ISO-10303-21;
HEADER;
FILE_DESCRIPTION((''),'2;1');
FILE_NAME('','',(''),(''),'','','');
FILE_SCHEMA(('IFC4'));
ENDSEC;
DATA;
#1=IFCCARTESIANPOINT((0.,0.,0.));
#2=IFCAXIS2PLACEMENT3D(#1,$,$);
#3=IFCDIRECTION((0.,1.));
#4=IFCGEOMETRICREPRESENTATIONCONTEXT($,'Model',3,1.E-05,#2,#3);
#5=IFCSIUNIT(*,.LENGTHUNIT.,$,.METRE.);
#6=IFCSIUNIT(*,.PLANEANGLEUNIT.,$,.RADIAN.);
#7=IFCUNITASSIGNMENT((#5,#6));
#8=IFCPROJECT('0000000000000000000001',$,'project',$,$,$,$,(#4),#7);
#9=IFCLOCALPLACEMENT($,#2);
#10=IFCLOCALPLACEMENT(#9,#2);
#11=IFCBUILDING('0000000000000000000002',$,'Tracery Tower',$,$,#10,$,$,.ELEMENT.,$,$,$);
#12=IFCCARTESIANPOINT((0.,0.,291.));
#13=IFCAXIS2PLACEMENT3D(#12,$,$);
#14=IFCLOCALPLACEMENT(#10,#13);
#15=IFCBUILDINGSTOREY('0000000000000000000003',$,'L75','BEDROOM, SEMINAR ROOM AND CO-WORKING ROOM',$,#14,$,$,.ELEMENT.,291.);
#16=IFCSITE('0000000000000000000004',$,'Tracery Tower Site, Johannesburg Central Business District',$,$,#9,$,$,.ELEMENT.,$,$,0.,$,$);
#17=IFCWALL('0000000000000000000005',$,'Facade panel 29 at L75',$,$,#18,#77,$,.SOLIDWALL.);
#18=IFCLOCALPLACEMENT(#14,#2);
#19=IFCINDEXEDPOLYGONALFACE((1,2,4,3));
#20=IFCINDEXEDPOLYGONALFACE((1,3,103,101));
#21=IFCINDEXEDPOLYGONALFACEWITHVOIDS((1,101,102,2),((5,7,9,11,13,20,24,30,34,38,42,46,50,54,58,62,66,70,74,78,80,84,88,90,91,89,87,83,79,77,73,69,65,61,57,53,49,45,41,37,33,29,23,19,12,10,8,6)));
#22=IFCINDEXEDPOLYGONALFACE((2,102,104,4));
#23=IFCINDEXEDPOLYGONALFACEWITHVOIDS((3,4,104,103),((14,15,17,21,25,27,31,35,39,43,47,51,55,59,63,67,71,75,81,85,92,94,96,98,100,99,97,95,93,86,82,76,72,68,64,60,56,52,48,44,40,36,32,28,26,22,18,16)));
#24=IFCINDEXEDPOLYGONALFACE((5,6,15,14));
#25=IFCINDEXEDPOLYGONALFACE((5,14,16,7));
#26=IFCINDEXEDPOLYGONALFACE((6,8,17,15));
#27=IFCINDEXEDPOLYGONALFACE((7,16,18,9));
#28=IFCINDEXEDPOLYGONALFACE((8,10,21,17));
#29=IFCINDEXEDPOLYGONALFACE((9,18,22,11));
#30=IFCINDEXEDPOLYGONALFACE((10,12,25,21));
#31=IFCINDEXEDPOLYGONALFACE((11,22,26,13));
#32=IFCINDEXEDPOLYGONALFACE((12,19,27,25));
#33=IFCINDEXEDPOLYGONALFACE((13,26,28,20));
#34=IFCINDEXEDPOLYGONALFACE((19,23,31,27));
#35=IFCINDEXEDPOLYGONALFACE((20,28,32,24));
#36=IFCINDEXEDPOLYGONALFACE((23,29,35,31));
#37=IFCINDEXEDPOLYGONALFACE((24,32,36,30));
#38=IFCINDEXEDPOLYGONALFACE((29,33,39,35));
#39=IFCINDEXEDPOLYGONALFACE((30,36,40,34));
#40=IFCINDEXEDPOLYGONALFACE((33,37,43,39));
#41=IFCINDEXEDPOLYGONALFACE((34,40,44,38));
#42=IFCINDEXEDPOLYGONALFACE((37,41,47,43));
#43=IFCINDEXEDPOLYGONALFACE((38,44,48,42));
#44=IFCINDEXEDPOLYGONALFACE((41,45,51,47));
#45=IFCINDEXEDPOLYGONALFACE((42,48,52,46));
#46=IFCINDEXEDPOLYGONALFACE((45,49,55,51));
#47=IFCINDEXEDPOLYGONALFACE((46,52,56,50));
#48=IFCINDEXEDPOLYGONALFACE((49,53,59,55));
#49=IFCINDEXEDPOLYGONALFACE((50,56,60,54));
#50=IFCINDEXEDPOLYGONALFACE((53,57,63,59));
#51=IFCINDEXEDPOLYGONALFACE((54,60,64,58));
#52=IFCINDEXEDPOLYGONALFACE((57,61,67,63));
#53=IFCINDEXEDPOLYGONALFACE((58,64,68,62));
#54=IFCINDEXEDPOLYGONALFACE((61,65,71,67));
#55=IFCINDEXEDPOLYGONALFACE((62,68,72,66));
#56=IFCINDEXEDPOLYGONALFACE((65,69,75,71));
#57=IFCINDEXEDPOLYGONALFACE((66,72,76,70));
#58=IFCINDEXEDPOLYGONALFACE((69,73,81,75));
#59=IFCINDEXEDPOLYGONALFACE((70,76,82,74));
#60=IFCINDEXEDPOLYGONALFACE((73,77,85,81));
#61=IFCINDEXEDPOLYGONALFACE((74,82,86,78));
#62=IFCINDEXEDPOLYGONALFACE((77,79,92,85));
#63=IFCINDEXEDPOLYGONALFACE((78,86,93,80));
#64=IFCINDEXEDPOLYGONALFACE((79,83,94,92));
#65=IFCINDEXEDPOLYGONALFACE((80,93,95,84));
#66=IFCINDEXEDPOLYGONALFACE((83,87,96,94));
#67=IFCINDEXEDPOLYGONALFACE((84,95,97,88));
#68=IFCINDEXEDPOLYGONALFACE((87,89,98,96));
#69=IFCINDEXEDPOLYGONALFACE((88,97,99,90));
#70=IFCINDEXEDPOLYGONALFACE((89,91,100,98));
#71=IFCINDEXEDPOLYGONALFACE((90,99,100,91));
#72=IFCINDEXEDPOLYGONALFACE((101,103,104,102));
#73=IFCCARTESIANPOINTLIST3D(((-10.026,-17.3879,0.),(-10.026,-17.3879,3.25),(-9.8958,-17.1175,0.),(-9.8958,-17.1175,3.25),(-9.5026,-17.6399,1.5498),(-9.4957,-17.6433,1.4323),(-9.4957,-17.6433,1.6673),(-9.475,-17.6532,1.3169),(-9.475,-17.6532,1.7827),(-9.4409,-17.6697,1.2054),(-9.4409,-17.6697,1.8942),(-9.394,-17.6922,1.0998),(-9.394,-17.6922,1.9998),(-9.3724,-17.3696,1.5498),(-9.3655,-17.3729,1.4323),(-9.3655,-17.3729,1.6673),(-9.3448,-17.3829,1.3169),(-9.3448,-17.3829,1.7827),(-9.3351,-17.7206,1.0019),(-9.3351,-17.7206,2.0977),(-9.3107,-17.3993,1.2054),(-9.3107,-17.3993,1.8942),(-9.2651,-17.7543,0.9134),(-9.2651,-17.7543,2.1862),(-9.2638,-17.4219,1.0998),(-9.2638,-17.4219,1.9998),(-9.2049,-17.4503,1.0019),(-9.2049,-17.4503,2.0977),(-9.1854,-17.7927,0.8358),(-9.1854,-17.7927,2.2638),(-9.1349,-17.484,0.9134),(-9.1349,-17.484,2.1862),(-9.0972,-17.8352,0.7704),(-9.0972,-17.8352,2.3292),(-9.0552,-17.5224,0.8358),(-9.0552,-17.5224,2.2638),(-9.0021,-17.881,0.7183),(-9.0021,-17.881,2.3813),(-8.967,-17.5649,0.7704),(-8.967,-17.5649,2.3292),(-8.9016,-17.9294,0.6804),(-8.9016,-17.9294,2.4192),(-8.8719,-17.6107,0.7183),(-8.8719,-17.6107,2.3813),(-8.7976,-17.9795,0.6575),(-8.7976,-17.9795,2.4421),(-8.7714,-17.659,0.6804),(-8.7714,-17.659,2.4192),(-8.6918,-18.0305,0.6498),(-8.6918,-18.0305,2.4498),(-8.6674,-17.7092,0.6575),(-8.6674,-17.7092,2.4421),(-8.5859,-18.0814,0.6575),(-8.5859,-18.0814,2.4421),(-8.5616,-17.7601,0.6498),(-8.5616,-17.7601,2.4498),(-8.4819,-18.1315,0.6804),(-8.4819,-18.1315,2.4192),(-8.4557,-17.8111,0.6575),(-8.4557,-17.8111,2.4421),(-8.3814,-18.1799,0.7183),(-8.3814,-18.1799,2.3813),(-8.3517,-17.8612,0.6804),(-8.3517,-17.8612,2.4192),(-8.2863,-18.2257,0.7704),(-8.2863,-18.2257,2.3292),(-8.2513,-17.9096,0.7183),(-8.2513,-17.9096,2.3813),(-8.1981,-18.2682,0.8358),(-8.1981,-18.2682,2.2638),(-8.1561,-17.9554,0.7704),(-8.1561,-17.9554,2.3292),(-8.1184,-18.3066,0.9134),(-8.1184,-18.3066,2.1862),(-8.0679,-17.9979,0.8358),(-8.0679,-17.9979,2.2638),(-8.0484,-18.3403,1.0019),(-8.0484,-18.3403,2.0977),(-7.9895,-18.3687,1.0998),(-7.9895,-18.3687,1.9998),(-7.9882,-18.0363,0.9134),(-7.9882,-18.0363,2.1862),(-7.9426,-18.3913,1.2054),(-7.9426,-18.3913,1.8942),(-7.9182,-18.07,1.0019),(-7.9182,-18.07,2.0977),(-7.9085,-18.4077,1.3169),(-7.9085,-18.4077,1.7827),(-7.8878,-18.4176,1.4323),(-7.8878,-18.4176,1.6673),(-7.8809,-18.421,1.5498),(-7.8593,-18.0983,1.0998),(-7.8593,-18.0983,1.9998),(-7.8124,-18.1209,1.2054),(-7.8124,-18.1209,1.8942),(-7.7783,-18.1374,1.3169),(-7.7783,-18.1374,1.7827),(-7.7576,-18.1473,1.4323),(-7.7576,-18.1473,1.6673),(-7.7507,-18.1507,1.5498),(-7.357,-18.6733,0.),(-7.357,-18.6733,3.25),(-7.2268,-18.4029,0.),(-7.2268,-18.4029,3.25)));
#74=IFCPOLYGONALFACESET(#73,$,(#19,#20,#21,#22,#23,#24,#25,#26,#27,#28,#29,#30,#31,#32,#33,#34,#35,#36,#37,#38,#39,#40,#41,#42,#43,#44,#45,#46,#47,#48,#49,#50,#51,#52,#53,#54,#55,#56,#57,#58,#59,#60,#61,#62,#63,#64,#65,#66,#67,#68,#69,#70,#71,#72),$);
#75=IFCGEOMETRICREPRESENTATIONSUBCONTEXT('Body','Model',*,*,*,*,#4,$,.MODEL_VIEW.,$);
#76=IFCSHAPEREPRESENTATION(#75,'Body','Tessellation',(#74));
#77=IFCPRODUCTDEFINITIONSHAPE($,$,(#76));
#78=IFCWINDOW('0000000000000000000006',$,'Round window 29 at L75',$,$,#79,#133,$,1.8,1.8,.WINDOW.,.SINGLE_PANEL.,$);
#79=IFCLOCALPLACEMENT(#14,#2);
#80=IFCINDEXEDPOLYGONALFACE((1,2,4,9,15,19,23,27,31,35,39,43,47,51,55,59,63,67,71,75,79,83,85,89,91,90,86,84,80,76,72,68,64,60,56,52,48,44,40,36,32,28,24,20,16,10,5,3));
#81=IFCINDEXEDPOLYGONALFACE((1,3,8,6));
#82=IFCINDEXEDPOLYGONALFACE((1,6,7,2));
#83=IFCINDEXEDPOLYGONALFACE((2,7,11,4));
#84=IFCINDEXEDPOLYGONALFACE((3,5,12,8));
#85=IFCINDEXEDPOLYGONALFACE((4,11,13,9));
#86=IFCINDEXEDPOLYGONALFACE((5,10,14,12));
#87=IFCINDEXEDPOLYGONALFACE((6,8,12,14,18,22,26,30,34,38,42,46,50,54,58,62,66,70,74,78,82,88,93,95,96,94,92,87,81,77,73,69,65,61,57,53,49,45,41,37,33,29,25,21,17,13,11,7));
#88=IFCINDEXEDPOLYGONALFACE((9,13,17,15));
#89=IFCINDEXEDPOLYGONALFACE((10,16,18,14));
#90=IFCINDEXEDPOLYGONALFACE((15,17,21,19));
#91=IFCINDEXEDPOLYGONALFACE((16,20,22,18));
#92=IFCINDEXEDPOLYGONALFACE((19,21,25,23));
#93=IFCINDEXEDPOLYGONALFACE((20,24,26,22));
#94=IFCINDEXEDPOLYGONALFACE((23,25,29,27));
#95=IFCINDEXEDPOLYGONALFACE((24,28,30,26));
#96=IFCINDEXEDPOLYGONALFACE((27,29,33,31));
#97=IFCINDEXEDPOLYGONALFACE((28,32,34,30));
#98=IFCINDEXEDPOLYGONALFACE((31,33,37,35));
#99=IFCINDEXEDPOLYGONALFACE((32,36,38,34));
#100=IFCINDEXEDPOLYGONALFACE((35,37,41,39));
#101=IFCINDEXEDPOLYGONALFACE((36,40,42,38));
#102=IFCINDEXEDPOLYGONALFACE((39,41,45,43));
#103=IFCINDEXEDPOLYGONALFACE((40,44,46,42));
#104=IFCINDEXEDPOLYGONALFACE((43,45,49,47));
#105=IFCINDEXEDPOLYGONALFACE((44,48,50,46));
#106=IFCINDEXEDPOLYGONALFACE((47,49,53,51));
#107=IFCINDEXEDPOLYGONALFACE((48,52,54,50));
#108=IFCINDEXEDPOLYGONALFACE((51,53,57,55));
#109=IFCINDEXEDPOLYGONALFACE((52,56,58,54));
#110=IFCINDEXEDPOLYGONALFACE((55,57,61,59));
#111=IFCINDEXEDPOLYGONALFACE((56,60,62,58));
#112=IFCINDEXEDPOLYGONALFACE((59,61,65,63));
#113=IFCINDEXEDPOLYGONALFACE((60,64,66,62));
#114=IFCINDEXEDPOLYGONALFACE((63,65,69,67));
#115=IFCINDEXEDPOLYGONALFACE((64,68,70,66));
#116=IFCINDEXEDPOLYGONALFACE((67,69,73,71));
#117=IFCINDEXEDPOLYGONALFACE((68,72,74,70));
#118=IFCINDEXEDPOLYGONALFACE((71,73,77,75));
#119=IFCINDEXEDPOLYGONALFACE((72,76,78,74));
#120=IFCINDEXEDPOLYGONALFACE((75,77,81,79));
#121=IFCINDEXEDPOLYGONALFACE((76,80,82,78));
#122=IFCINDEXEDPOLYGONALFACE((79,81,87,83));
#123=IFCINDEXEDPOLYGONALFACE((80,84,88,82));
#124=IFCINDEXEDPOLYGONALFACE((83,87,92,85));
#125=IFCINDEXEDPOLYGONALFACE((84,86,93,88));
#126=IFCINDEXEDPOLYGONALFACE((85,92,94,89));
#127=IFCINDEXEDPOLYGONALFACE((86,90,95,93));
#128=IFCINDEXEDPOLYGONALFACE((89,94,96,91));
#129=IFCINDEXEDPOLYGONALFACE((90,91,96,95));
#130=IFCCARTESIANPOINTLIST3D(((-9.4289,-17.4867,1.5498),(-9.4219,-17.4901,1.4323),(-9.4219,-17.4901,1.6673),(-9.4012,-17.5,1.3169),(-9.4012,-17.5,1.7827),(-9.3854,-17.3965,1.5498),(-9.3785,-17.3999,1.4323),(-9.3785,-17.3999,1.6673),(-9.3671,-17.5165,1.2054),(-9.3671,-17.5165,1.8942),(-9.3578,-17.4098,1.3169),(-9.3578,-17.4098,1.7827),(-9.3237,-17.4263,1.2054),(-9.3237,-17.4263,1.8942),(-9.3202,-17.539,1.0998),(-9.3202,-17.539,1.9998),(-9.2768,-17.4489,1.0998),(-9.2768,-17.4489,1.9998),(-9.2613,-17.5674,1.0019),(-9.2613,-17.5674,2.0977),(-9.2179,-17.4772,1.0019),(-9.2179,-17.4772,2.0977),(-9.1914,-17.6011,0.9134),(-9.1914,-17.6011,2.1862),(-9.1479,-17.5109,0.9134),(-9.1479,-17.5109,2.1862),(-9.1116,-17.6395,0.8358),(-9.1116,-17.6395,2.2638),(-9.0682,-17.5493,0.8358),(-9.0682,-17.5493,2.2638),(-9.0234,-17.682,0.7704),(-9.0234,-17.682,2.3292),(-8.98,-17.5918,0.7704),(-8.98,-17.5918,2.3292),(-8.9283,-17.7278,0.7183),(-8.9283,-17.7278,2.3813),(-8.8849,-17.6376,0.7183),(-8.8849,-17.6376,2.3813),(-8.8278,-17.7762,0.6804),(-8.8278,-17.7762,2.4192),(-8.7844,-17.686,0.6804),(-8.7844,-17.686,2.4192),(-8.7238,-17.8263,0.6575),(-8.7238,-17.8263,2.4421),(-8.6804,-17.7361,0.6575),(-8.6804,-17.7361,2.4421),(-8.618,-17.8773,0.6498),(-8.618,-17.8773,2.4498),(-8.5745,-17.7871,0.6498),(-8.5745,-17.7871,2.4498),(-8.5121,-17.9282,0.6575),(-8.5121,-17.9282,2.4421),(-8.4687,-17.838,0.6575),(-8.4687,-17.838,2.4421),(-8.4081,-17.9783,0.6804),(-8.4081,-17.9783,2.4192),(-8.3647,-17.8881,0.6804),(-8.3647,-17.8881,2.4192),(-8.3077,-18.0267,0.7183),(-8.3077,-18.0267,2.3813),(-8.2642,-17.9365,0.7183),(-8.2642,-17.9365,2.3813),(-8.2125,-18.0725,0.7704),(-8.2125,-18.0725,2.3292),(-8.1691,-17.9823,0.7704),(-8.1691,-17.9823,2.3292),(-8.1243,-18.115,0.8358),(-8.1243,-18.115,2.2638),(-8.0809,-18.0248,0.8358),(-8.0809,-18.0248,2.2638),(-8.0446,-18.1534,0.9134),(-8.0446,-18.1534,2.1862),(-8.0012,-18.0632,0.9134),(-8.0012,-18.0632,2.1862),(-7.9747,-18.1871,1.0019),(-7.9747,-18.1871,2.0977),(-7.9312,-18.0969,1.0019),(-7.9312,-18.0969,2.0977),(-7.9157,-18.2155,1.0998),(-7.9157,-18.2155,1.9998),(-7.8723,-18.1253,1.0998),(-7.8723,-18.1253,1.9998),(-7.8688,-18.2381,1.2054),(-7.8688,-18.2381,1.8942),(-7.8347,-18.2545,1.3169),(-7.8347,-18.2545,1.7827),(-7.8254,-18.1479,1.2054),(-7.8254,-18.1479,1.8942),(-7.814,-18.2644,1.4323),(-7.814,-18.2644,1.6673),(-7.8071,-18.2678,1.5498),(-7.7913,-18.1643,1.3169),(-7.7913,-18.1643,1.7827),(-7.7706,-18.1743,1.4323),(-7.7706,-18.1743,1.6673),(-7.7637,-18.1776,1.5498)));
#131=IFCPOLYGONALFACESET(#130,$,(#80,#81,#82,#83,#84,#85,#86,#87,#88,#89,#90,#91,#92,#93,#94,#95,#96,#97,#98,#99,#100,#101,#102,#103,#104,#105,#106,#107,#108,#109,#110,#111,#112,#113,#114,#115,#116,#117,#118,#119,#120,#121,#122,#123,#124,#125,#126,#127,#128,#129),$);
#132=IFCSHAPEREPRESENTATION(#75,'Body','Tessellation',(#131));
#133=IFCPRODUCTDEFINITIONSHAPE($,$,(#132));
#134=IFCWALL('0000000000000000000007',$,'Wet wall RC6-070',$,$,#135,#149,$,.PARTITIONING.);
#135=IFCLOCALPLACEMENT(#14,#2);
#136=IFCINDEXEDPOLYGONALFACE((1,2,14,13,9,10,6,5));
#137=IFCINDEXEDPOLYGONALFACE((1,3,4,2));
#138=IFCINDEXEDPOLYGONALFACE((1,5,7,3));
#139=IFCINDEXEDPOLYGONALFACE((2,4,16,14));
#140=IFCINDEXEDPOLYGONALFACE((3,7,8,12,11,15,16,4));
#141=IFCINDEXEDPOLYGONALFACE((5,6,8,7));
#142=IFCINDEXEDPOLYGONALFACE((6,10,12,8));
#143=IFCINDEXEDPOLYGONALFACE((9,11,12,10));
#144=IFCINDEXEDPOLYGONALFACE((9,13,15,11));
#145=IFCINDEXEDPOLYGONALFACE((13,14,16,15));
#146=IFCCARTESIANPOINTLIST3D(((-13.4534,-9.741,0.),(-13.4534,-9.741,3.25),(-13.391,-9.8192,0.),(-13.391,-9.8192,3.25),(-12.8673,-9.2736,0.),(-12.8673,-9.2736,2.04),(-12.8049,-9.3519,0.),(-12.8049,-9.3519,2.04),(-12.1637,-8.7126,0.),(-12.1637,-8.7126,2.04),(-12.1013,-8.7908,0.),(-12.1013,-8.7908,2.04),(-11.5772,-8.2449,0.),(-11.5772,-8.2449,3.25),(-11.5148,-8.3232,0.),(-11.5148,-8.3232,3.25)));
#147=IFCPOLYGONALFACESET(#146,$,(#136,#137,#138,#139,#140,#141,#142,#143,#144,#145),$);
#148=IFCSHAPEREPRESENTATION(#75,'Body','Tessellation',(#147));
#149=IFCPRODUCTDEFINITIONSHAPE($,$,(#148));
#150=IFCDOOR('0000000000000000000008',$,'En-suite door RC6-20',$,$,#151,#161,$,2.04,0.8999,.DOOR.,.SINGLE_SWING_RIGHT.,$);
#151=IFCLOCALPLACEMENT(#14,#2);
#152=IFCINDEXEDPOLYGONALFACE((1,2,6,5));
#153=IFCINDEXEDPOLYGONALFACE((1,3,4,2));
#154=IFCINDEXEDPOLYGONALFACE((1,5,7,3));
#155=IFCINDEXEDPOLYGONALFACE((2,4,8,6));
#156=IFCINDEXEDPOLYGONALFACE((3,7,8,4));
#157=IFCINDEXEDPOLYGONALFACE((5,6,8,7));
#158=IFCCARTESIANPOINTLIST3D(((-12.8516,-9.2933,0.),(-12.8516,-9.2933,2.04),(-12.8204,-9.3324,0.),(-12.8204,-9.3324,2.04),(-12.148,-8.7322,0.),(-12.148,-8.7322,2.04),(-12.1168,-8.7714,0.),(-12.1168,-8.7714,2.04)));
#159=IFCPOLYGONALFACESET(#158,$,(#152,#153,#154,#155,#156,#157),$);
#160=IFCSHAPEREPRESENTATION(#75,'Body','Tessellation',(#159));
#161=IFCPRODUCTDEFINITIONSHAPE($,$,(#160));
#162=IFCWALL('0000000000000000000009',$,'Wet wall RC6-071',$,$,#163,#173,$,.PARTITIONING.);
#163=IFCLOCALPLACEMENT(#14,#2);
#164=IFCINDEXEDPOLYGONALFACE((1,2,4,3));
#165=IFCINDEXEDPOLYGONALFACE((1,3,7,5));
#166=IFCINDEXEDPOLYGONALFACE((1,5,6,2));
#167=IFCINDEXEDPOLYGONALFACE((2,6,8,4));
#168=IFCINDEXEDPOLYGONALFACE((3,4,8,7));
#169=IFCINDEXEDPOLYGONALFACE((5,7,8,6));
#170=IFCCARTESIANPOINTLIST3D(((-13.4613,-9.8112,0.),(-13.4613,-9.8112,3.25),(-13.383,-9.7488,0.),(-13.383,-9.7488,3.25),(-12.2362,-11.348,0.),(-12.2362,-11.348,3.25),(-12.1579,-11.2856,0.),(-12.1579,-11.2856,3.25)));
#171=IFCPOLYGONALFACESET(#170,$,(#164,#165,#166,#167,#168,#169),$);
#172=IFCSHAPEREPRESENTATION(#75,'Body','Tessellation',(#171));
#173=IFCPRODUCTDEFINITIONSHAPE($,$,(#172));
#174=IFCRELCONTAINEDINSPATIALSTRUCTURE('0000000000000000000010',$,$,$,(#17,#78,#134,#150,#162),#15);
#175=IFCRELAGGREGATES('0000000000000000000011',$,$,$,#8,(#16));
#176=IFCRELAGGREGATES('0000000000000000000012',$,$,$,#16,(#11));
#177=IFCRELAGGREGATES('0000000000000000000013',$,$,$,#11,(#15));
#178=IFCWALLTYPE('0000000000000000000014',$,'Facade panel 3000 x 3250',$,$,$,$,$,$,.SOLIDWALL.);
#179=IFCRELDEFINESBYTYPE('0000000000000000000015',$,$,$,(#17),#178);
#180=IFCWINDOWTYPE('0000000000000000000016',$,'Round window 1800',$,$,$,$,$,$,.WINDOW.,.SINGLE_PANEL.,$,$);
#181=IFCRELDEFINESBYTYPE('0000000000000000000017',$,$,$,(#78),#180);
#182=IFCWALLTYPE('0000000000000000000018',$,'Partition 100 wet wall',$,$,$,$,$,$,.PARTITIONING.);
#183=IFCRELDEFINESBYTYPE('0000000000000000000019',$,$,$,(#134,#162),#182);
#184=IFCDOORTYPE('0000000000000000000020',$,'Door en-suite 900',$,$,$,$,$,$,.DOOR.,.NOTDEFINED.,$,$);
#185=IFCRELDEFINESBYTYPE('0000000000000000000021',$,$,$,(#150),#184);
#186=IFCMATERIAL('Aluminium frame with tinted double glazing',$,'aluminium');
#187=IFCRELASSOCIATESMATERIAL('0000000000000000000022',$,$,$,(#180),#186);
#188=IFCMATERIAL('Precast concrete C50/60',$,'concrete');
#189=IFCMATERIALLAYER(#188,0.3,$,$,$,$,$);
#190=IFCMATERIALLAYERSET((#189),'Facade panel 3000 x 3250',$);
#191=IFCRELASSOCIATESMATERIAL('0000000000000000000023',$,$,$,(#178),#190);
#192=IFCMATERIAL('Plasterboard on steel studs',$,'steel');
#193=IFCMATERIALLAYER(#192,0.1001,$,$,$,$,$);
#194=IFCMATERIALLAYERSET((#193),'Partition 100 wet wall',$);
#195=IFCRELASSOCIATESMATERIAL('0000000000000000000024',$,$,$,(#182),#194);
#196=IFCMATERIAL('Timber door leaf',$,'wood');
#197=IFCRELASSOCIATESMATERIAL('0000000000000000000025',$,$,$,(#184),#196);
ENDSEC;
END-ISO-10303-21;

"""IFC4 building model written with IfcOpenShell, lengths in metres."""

from ifc_helpers import new_model, si_unit, direction, frame, frame_2d, origin, origin_2d, place, context, subcontext, project, spatial, rectangle, circle, extrude, material, layer, layer_set, type_object, element, fill, save


model = new_model("IFC4")

# Units and contexts
model_context = context("Model", 3, precision=1e-05, world=origin(), true_north=direction((0.0, 1.0)))
body_context = subcontext(model_context, "Body", "Model", "MODEL_VIEW")
ifc_project = project(units=[si_unit("LENGTHUNIT", "METRE"), si_unit("PLANEANGLEUNIT", "RADIAN")], contexts=[model_context])

# Site, building, storey
site_placement = place(None, origin())
site = spatial("IfcSite", under=ifc_project, at=site_placement, Name="Tracery Tower Site, Johannesburg Central Business District", CompositionType="ELEMENT", RefElevation=0.0)
building_placement = place(site_placement, origin())
building = spatial("IfcBuilding", under=site, at=building_placement, Name="Tracery Tower", CompositionType="ELEMENT")
storey_placement = place(building_placement, frame((0.0, 0.0, 291.0)))
storey = spatial("IfcBuildingStorey", under=building, at=storey_placement, Name="L75", Description="BEDROOM, SEMINAR ROOM AND CO-WORKING ROOM", CompositionType="ELEMENT", Elevation=291.0)

# Wall, opening, window
ifc_material_1 = material(Name="Aluminium frame with tinted double glazing", Category="aluminium")
window_type = type_object("IfcWindowType", Name="Round window 1800", PartitioningType="SINGLE_PANEL", PredefinedType="WINDOW", material=ifc_material_1)
ifc_material_2 = material(Name="Precast concrete C50/60", Category="concrete")
ifc_layer_1 = layer(ifc_material_2, 0.3)
ifc_layer_set_1 = layer_set([ifc_layer_1], Name="Facade panel 3000 x 3250")
wall_type_1 = type_object("IfcWallType", Name="Facade panel 3000 x 3250", PredefinedType="SOLIDWALL", material=ifc_layer_set_1)
wall_1_placement = place(storey_placement, frame((-9.9609, -17.2527, 0.0), z_axis=(0.0, 0.0, 1.0), x_axis=(0.900955, -0.433912, 0.0)))
wall_1 = element("IfcWall", 1, at=wall_1_placement, inside=storey, type_object=wall_type_1, Name="Facade panel 29 at L75", PredefinedType="SOLIDWALL", context=body_context, shape_type="SweptSolid", body=[
    extrude(rectangle(XDim=2.9624, YDim=0.3, at=frame_2d((1.4812, 0.0))), origin(), (0.0, 0.0, 1.0), 3.25),
])
opening_1_placement = place(wall_1_placement, frame((1.481, 0.0, 1.5498)))
opening_1 = element("IfcOpeningElement", 2, at=opening_1_placement, cuts=wall_1, PredefinedType="OPENING", context=body_context, shape_type="SweptSolid", body=[
    extrude(circle(Radius=0.9, at=origin_2d()), frame((0.0, 0.1599, 0.0), z_axis=(0.0, -1.0, 0.0), x_axis=(1.0, 0.0, 0.0)), (0.0, 0.0, 1.0), 0.3201),
])
window_1_placement = place(opening_1_placement, origin())
window_1 = element("IfcWindow", 3, at=window_1_placement, inside=storey, type_object=window_type, Name="Round window 29 at L75", OverallHeight=1.8, OverallWidth=1.8, PartitioningType="SINGLE_PANEL", PredefinedType="WINDOW", context=body_context, shape_type="SweptSolid", body=[
    extrude(circle(Radius=0.9, at=origin_2d()), frame((0.0, 0.1201, 0.0), z_axis=(0.0, -1.0, 0.0), x_axis=(1.0, 0.0, 0.0)), (0.0, 0.0, 1.0), 0.1001),
])
fill(opening_1, window_1)

# Wall, opening, door
ifc_material_3 = material(Name="Plasterboard on steel studs", Category="steel")
ifc_layer_2 = layer(ifc_material_3, 0.1001)
ifc_layer_set_2 = layer_set([ifc_layer_2], Name="Partition 100 wet wall")
wall_type_2 = type_object("IfcWallType", Name="Partition 100 wet wall", PredefinedType="PARTITIONING", material=ifc_layer_set_2)
wall_2_placement = place(storey_placement, frame((-13.4221, -9.78, 0.0), z_axis=(0.0, 0.0, 1.0), x_axis=(0.78186, 0.623454, 0.0)))
wall_2 = element("IfcWall", 4, at=wall_2_placement, inside=storey, type_object=wall_type_2, Name="Wet wall RC6-070", PredefinedType="PARTITIONING", context=body_context, shape_type="SweptSolid", body=[
    extrude(rectangle(XDim=2.3997, YDim=0.1001, at=frame_2d((1.1997, 0.0))), origin(), (0.0, 0.0, 1.0), 3.25),
])
opening_2_placement = place(wall_2_placement, frame((0.7495, 0.0, 0.0)))
opening_2 = element("IfcOpeningElement", 5, at=opening_2_placement, cuts=wall_2, PredefinedType="OPENING", context=body_context, shape_type="SweptSolid", body=[
    extrude(rectangle(XDim=0.8999, YDim=2.04, at=frame_2d((0.45, 1.02))), frame((0.0, 0.05, 0.0), z_axis=(0.0, -1.0, 0.0), x_axis=(1.0, 0.0, 0.0)), (0.0, 0.0, 1.0), 0.1001),
])
ifc_material_4 = material(Name="Timber door leaf", Category="wood")
door_type = type_object("IfcDoorType", Name="Door en-suite 900", OperationType="NOTDEFINED", PredefinedType="DOOR", material=ifc_material_4)
door_1_placement = place(opening_2_placement, origin())
door_1 = element("IfcDoor", 6, at=door_1_placement, inside=storey, type_object=door_type, Name="En-suite door RC6-20", OperationType="SINGLE_SWING_RIGHT", OverallHeight=2.04, OverallWidth=0.8999, PredefinedType="DOOR", context=body_context, shape_type="SweptSolid", body=[
    extrude(rectangle(XDim=0.8999, YDim=2.04, at=frame_2d((0.45, 1.02))), frame((0.0, 0.0249, 0.0), z_axis=(0.0, -1.0, 0.0), x_axis=(1.0, 0.0, 0.0)), (0.0, 0.0, 1.0), 0.05),
])
fill(opening_2, door_1)

# Wall
wall_3_placement = place(storey_placement, frame((-13.4221, -9.78, 0.0), z_axis=(0.0, 0.0, 1.0), x_axis=(0.623331, -0.781958, 0.0)))
element("IfcWall", 7, at=wall_3_placement, inside=storey, type_object=wall_type_2, Name="Wet wall RC6-071", PredefinedType="PARTITIONING", context=body_context, shape_type="SweptSolid", body=[
    extrude(rectangle(XDim=1.9653, YDim=0.1001, at=frame_2d((0.9827, 0.0))), origin(), (0.0, 0.0, 1.0), 3.25),
])

save(model, "model.ifc")
